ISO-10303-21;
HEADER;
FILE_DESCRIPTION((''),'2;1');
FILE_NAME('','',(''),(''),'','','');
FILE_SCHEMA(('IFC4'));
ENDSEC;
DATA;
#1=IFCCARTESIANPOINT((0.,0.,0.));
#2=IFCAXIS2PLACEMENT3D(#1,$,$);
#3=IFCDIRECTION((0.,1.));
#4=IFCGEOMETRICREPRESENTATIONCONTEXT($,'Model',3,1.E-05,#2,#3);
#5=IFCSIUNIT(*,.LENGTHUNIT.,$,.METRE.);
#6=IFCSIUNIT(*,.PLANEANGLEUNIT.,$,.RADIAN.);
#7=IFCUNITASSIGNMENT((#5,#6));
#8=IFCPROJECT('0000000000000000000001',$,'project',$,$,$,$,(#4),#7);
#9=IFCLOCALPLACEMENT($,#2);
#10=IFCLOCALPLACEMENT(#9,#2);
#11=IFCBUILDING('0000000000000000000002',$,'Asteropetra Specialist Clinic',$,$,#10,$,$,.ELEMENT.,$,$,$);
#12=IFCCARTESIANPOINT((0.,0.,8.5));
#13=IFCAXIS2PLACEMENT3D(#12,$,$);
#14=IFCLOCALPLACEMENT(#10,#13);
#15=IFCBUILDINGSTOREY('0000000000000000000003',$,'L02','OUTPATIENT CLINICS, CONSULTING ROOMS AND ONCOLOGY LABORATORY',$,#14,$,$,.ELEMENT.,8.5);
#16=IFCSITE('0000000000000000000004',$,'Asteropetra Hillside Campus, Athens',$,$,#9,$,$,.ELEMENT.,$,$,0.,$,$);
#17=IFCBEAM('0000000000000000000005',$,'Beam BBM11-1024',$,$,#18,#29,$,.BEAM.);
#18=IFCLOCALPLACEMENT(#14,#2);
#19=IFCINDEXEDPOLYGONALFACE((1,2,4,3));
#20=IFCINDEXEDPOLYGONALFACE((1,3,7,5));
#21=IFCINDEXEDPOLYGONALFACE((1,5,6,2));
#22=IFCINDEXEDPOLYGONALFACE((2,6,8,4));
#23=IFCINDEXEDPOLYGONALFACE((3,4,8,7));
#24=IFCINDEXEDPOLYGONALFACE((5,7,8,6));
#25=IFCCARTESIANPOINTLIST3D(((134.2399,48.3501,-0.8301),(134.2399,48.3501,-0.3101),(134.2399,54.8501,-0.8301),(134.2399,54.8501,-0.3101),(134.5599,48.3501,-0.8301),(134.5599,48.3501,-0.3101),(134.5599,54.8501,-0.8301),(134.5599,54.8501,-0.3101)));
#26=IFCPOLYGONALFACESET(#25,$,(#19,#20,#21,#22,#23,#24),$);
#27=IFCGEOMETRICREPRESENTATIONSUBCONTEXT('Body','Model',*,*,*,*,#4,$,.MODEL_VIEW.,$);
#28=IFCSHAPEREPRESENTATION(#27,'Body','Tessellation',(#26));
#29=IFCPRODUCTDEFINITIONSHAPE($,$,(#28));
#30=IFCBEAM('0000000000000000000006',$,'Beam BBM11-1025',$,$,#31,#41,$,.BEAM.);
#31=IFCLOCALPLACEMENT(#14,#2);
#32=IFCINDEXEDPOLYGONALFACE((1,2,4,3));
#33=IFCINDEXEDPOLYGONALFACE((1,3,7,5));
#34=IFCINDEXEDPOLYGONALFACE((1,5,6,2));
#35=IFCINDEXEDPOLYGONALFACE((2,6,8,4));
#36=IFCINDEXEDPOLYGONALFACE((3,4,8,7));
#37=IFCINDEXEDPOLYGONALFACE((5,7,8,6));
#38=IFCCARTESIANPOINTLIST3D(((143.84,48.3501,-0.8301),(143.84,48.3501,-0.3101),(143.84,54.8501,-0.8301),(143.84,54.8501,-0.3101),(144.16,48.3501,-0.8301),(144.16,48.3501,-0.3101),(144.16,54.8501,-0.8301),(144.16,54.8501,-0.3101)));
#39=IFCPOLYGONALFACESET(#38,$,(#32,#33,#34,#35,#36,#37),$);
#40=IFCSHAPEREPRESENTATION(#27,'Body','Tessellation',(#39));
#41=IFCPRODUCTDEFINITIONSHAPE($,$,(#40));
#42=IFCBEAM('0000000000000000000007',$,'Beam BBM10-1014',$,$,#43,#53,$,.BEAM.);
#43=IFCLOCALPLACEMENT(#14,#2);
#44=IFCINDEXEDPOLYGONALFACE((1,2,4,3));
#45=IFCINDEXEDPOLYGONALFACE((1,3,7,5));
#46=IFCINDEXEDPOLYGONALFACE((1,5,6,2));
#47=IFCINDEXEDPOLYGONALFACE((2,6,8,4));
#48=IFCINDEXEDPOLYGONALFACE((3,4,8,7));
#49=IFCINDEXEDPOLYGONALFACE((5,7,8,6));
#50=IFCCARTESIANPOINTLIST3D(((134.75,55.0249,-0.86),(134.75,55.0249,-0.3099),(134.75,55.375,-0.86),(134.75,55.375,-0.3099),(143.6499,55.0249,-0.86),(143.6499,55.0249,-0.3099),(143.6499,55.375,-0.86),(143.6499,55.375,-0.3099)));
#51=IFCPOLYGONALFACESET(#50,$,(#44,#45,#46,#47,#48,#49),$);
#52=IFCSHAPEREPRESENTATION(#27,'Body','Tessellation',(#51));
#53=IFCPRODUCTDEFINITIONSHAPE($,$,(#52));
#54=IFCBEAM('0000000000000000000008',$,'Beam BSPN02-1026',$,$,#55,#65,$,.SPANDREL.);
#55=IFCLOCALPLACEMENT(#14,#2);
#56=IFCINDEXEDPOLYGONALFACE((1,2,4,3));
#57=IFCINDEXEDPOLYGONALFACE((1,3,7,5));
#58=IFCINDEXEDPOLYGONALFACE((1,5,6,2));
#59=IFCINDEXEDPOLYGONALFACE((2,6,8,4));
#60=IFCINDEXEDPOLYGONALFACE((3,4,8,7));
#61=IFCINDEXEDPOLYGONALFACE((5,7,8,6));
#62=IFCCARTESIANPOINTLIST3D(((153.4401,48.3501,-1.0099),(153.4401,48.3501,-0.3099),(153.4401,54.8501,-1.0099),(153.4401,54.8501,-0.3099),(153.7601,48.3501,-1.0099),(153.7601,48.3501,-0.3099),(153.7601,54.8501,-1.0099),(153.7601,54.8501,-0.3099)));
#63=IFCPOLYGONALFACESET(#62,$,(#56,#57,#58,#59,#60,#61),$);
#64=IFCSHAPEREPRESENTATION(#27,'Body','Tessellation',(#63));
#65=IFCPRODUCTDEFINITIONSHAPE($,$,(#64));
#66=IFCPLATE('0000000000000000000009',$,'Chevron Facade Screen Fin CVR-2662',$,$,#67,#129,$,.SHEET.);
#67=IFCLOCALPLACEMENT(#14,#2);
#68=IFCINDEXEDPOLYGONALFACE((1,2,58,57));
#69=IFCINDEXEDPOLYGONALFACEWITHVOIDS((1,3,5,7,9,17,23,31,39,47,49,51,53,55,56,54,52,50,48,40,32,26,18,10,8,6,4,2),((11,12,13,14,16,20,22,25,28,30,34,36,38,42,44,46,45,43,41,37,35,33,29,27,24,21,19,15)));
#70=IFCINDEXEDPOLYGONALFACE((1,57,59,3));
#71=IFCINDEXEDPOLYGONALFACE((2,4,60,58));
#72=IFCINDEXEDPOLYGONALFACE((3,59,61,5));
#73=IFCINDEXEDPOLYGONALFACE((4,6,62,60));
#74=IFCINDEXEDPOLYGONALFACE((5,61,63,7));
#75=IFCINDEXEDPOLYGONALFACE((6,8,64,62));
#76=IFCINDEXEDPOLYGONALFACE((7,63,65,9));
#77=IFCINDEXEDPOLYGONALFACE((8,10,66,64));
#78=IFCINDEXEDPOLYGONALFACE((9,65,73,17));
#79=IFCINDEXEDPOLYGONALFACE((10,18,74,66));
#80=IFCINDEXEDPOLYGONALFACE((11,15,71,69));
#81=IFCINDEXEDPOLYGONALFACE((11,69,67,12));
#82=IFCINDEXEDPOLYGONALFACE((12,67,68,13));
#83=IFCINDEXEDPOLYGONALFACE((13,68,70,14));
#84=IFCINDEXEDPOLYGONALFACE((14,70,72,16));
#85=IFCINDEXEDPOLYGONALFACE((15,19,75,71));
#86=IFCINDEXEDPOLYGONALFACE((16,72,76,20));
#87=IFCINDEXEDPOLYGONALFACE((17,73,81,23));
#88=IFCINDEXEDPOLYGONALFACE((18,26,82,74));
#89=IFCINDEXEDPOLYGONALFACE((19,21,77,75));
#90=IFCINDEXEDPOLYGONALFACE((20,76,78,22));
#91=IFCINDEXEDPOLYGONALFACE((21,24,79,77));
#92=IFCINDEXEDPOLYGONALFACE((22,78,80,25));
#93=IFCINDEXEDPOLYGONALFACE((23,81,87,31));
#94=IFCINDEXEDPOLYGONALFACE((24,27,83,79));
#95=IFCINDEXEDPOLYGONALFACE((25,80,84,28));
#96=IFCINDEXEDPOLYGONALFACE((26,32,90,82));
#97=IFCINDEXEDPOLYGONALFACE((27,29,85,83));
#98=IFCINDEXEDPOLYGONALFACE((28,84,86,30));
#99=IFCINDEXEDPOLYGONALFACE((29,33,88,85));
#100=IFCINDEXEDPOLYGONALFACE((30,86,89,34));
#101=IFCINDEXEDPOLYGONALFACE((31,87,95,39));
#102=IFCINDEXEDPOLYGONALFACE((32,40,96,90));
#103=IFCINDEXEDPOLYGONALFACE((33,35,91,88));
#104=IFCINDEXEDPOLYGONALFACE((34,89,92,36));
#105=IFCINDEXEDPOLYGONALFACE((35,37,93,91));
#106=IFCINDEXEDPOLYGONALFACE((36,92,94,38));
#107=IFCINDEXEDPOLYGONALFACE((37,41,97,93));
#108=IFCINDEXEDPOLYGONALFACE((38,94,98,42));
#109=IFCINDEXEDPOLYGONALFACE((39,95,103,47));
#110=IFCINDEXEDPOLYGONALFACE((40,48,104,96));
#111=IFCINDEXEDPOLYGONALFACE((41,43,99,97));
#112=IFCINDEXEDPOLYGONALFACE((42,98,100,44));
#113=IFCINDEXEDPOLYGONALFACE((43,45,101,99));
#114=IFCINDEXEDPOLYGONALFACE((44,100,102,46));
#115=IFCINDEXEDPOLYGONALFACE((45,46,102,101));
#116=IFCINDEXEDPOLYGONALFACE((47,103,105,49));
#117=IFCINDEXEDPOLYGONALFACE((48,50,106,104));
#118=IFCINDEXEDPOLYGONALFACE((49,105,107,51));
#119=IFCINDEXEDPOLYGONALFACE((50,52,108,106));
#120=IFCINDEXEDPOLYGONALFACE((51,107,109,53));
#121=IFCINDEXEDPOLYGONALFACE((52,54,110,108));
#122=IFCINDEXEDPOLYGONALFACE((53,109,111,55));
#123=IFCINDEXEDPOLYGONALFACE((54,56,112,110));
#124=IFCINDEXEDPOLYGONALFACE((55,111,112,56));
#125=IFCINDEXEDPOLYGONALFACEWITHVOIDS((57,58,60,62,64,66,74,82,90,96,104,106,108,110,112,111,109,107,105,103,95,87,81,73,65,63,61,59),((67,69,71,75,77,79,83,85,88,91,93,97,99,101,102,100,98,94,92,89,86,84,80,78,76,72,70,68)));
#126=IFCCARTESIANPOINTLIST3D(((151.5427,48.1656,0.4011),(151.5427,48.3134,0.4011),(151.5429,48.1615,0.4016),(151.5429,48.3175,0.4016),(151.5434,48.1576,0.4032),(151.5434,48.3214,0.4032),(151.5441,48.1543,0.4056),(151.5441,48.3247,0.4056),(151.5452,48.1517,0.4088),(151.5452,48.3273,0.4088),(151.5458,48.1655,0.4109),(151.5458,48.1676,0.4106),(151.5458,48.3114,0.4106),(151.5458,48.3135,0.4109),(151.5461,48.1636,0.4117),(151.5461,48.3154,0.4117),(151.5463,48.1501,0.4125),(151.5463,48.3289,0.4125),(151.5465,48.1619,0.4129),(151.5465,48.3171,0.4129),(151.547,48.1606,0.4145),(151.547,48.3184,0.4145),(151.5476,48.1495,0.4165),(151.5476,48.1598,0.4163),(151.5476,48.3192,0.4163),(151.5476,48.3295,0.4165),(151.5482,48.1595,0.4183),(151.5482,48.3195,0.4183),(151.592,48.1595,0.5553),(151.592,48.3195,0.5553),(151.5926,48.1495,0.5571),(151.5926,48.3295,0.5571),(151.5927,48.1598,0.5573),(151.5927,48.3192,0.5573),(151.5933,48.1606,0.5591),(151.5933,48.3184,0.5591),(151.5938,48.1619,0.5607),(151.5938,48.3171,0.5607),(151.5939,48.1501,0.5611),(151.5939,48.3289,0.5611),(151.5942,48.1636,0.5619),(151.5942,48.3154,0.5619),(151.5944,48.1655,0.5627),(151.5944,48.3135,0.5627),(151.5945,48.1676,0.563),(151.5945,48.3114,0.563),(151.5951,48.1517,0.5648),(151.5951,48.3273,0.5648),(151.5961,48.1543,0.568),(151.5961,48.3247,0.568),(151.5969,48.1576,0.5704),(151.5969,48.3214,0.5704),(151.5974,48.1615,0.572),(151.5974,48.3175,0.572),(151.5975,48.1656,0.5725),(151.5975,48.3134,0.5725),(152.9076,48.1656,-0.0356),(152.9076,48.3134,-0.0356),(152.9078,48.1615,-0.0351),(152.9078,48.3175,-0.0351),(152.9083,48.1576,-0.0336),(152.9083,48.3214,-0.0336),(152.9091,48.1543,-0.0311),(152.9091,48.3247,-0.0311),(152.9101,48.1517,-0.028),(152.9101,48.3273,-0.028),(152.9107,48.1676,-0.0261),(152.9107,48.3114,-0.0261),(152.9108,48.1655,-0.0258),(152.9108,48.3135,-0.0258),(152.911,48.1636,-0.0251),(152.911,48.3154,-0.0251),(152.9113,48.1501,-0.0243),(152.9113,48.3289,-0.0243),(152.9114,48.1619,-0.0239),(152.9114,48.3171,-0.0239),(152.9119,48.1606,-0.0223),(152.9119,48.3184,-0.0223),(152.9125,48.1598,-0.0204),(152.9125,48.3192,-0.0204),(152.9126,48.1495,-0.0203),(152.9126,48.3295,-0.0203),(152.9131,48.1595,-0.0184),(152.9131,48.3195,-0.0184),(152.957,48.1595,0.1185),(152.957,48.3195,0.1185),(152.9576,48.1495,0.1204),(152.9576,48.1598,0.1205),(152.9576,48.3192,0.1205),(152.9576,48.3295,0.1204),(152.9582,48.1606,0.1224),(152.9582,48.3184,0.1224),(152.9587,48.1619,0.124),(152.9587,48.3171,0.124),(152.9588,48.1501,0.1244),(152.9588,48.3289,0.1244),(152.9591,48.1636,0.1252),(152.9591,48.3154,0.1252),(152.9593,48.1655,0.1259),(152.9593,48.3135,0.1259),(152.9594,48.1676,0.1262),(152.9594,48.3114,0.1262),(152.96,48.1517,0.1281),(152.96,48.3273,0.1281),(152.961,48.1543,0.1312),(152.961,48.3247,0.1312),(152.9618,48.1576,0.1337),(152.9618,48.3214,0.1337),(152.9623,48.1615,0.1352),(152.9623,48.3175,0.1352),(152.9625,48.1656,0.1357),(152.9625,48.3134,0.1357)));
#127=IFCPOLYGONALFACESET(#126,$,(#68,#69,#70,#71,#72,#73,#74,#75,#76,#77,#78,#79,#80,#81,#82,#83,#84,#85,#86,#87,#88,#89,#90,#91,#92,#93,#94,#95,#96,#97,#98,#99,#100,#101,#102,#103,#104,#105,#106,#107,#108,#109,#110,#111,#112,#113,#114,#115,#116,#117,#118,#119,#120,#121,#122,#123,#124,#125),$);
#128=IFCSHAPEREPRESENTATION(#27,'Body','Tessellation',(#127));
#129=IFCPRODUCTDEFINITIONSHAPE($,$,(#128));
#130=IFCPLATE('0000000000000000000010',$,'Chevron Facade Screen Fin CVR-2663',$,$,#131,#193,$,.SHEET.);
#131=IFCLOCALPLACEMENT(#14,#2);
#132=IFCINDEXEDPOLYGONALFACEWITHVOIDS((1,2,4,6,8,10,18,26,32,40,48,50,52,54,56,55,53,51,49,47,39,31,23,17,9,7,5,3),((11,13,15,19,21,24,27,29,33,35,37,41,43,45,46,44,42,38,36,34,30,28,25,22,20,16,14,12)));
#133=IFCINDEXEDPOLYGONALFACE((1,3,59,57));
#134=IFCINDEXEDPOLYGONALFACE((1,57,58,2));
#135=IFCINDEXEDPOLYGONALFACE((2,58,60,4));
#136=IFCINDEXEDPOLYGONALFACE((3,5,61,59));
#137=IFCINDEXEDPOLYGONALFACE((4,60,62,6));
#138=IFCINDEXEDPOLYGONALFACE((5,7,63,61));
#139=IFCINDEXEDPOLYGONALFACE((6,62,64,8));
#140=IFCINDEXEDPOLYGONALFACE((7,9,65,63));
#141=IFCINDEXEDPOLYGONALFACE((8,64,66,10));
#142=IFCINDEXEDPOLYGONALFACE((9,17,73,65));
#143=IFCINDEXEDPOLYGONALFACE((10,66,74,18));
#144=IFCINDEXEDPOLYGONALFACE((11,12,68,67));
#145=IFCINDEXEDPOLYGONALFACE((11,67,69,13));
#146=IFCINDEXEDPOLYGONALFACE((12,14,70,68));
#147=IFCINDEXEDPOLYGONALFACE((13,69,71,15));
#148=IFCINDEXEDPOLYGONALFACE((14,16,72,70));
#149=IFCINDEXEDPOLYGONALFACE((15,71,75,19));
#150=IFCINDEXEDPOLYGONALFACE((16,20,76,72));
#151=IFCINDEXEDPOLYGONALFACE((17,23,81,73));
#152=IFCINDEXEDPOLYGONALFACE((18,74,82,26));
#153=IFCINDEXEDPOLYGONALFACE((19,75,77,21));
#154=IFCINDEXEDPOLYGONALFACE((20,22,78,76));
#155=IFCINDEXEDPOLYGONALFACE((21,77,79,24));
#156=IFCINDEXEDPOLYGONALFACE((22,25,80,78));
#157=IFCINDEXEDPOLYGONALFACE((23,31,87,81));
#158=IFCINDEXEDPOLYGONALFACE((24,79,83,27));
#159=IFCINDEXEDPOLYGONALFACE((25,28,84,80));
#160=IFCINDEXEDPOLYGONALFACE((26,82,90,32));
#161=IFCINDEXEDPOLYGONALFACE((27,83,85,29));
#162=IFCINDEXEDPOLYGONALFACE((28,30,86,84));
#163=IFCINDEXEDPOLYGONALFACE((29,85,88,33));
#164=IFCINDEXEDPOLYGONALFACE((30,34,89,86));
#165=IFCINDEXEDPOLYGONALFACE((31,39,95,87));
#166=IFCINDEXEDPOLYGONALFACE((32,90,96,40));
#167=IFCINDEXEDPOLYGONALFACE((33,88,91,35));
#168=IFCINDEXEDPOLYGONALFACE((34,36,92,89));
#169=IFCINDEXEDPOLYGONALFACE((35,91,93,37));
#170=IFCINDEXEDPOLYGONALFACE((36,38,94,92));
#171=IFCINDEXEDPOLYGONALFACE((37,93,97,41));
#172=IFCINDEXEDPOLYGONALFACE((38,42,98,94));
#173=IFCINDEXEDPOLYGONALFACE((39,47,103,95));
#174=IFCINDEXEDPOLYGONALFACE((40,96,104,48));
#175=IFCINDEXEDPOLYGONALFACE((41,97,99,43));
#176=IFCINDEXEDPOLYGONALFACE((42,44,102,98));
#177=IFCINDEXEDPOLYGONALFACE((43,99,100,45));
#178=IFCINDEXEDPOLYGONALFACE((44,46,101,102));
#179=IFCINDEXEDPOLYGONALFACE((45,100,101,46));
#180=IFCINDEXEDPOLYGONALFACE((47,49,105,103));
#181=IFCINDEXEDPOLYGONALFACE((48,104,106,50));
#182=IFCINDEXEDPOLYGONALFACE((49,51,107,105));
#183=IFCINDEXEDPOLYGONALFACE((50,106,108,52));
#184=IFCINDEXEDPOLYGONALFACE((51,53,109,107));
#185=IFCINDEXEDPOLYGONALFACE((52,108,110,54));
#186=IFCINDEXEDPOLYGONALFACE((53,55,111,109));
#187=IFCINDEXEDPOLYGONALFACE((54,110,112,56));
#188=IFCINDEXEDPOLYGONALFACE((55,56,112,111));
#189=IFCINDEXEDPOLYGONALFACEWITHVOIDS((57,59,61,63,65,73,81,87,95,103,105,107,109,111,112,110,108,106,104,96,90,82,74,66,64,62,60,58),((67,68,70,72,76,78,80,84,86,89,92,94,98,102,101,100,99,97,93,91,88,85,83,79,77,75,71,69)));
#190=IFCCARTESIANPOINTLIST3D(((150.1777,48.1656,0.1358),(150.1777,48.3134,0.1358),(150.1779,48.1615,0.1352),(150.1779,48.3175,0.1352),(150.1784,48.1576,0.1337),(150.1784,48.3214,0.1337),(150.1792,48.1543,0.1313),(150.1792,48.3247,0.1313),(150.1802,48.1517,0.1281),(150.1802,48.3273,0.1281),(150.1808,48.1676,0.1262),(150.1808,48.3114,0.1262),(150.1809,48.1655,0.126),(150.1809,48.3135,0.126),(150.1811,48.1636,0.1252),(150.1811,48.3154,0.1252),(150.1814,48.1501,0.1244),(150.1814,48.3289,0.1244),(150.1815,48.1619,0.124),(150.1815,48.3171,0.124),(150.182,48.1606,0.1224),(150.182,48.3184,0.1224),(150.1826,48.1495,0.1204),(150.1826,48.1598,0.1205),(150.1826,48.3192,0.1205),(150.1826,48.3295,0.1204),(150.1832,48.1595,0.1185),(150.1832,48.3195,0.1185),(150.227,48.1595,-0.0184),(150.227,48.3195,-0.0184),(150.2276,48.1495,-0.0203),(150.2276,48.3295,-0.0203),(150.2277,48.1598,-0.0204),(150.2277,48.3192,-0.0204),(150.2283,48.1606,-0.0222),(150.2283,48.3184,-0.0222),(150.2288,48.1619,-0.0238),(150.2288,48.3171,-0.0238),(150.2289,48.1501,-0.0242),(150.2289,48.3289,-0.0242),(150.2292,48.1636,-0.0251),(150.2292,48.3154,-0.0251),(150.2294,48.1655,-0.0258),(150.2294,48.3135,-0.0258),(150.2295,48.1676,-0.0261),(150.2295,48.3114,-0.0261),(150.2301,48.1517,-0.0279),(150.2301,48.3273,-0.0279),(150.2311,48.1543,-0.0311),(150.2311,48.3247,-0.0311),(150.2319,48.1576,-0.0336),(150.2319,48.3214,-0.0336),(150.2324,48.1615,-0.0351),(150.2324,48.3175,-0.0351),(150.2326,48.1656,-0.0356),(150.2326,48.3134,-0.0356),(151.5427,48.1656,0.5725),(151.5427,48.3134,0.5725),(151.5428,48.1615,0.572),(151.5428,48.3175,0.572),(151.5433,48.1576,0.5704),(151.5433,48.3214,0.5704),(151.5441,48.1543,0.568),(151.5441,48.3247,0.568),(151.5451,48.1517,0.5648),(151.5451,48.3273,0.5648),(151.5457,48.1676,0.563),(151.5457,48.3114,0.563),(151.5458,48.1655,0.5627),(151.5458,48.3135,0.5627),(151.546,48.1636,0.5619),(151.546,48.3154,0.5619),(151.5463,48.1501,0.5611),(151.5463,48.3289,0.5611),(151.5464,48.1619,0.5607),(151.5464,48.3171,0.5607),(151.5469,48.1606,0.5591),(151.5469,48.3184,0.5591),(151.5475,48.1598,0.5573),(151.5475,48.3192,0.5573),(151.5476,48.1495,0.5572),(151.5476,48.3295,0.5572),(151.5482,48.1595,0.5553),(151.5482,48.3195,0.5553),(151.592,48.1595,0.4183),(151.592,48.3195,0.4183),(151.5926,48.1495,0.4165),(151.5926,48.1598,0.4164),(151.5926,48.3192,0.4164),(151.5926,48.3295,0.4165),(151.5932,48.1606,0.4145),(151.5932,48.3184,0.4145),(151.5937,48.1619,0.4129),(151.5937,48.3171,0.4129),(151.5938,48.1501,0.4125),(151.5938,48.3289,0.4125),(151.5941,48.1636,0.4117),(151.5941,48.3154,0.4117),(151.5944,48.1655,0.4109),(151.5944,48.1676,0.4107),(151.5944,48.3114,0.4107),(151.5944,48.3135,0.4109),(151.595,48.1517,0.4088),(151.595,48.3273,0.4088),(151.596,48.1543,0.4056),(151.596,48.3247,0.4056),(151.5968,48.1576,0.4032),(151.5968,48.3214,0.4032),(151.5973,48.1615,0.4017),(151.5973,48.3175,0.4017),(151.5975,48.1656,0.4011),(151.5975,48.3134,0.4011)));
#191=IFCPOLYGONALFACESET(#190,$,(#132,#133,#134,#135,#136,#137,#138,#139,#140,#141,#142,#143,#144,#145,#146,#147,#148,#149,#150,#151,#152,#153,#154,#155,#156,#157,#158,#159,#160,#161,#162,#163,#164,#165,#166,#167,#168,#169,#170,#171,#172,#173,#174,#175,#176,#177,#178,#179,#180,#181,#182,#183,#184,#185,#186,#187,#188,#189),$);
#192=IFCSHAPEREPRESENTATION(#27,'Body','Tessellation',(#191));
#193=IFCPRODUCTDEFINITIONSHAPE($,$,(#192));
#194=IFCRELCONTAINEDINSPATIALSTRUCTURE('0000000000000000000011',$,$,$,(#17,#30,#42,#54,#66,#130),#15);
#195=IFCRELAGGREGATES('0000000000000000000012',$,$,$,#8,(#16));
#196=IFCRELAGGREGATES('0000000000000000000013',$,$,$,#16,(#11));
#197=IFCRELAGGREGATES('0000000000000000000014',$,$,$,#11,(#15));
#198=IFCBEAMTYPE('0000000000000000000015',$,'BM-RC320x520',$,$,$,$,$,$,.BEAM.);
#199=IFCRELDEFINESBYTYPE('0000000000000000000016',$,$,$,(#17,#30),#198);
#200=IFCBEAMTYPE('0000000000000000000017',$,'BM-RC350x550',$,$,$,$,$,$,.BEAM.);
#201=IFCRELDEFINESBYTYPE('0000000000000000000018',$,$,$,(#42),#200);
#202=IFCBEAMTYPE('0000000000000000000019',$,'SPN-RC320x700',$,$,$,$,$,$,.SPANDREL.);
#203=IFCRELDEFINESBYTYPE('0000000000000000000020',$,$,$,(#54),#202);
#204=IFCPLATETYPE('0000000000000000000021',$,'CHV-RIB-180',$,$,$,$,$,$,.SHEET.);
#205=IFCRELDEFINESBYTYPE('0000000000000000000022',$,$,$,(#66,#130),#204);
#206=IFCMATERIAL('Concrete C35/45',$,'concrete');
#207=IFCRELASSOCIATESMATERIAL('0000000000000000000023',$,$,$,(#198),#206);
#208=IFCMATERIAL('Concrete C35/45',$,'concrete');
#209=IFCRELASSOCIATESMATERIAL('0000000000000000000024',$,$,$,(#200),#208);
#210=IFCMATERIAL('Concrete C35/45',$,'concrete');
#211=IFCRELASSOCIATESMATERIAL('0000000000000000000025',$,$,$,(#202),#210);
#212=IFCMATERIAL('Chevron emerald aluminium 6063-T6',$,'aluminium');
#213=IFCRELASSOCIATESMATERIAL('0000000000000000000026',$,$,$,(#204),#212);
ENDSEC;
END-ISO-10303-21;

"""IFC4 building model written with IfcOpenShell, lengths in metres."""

from ifc_helpers import new_model, si_unit, direction, frame, origin, origin_2d, place, context, subcontext, project, spatial, rectangle, hollow_rectangle, extrude, material, material_profile, profile_set, type_object, element, save


model = new_model("IFC4")

# Units and contexts
model_context = context("Model", 3, precision=1e-05, world=origin(), true_north=direction((0.0, 1.0)))
body_context = subcontext(model_context, "Body", "Model", "MODEL_VIEW")
ifc_project = project(units=[si_unit("LENGTHUNIT", "METRE"), si_unit("PLANEANGLEUNIT", "RADIAN")], contexts=[model_context])

# Site, building, storey
site_placement = place(None, origin())
site = spatial("IfcSite", under=ifc_project, at=site_placement, Name="Asteropetra Hillside Campus, Athens", CompositionType="ELEMENT", RefElevation=0.0)
building_placement = place(site_placement, origin())
building = spatial("IfcBuilding", under=site, at=building_placement, Name="Asteropetra Specialist Clinic", CompositionType="ELEMENT")
storey_placement = place(building_placement, frame((0.0, 0.0, 8.5)))
storey = spatial("IfcBuildingStorey", under=building, at=storey_placement, Name="L02", Description="OUTPATIENT CLINICS, CONSULTING ROOMS AND ONCOLOGY LABORATORY", CompositionType="ELEMENT", Elevation=8.5)

# Beams
ifc_material_1 = material(Name="Concrete C35/45", Category="concrete")
ifc_material_profile_1 = material_profile(ifc_material_1, rectangle(XDim=0.3201, YDim=0.52, at=origin_2d()), Name="RCB 320x520")
ifc_profile_set_1 = profile_set([ifc_material_profile_1], Name="Concrete C35/45")
beam_type_1 = type_object("IfcBeamType", Name="BM-RC320x520", PredefinedType="BEAM", material=ifc_profile_set_1)
for number, where, z_axis, x_axis, name in (
    (1, (134.3999, 48.3501, -0.5701), (0.0, 1.0, 0.0), (-1.0, 0.0, 0.0), "Beam BBM11-1024"),
    (2, (144.0, 48.3501, -0.5701), (0.0, 1.0, 0.0), (-1.0, 0.0, 0.0), "Beam BBM11-1025"),
):
    element("IfcBeam", number, at=place(storey_placement, frame(where, z_axis=z_axis, x_axis=x_axis)), inside=storey, type_object=beam_type_1, Name=name, PredefinedType="BEAM", context=body_context, shape_type="SweptSolid", body=[
        extrude(rectangle(XDim=0.3201, YDim=0.52, at=origin_2d()), origin(), (0.0, 0.0, 1.0), 6.5),
    ])
ifc_material_2 = material(Name="Concrete C35/45", Category="concrete")
ifc_material_profile_2 = material_profile(ifc_material_2, rectangle(XDim=0.3501, YDim=0.55, at=origin_2d()), Name="RCB 350x550")
ifc_profile_set_2 = profile_set([ifc_material_profile_2], Name="Concrete C35/45")
beam_type_2 = type_object("IfcBeamType", Name="BM-RC350x550", PredefinedType="BEAM", material=ifc_profile_set_2)
beam_1_placement = place(storey_placement, frame((134.75, 55.2, -0.585), z_axis=(1.0, 0.0, 0.0), x_axis=(0.0, 1.0, 0.0)))
element("IfcBeam", 3, at=beam_1_placement, inside=storey, type_object=beam_type_2, Name="Beam BBM10-1014", PredefinedType="BEAM", context=body_context, shape_type="SweptSolid", body=[
    extrude(rectangle(XDim=0.3501, YDim=0.55, at=origin_2d()), origin(), (0.0, 0.0, 1.0), 8.8999),
])
ifc_material_3 = material(Name="Concrete C35/45", Category="concrete")
ifc_material_profile_3 = material_profile(ifc_material_3, rectangle(XDim=0.3201, YDim=0.7, at=origin_2d()), Name="RCS 320x700")
ifc_profile_set_3 = profile_set([ifc_material_profile_3], Name="Concrete C35/45")
beam_type_3 = type_object("IfcBeamType", Name="SPN-RC320x700", PredefinedType="SPANDREL", material=ifc_profile_set_3)
beam_2_placement = place(storey_placement, frame((153.6001, 48.3501, -0.6599), z_axis=(0.0, 1.0, 0.0), x_axis=(-1.0, 0.0, 0.0)))
element("IfcBeam", 4, at=beam_2_placement, inside=storey, type_object=beam_type_3, Name="Beam BSPN02-1026", PredefinedType="SPANDREL", context=body_context, shape_type="SweptSolid", body=[
    extrude(rectangle(XDim=0.3201, YDim=0.7, at=origin_2d()), origin(), (0.0, 0.0, 1.0), 6.5),
])

# Plates
ifc_material_4 = material(Name="Chevron emerald aluminium 6063-T6", Category="aluminium")
ifc_material_profile_4 = material_profile(ifc_material_4, hollow_rectangle(XDim=0.1799, YDim=0.1799, WallThickness=0.01, InnerFilletRadius=0.0081, OuterFilletRadius=0.0161, at=origin_2d()), Name="SHS 180x180x10.0")
ifc_profile_set_4 = profile_set([ifc_material_profile_4], Name="Chevron emerald aluminium 6063-T6")
plate_type = type_object("IfcPlateType", Name="CHV-RIB-180", PredefinedType="SHEET", material=ifc_profile_set_4)
for number, where, z_axis, x_axis, name in (
    (5, (152.9351, 48.2395, 0.05), (-0.95243, 0.0, 0.304757), (0.0, -1.0, 0.0), "Chevron Facade Screen Fin CVR-2662"),
    (6, (151.5701, 48.2395, 0.4868), (-0.95243, 0.0, -0.304757), (0.0, -1.0, 0.0), "Chevron Facade Screen Fin CVR-2663"),
):
    element("IfcPlate", number, at=place(storey_placement, frame(where, z_axis=z_axis, x_axis=x_axis)), inside=storey, type_object=plate_type, Name=name, PredefinedType="SHEET", context=body_context, shape_type="SweptSolid", body=[
        extrude(hollow_rectangle(XDim=0.1799, YDim=0.1799, WallThickness=0.01, InnerFilletRadius=0.0081, OuterFilletRadius=0.0161, at=origin_2d()), origin(), (0.0, 0.0, 1.0), 1.4331),
    ])

save(model, "model.ifc")
